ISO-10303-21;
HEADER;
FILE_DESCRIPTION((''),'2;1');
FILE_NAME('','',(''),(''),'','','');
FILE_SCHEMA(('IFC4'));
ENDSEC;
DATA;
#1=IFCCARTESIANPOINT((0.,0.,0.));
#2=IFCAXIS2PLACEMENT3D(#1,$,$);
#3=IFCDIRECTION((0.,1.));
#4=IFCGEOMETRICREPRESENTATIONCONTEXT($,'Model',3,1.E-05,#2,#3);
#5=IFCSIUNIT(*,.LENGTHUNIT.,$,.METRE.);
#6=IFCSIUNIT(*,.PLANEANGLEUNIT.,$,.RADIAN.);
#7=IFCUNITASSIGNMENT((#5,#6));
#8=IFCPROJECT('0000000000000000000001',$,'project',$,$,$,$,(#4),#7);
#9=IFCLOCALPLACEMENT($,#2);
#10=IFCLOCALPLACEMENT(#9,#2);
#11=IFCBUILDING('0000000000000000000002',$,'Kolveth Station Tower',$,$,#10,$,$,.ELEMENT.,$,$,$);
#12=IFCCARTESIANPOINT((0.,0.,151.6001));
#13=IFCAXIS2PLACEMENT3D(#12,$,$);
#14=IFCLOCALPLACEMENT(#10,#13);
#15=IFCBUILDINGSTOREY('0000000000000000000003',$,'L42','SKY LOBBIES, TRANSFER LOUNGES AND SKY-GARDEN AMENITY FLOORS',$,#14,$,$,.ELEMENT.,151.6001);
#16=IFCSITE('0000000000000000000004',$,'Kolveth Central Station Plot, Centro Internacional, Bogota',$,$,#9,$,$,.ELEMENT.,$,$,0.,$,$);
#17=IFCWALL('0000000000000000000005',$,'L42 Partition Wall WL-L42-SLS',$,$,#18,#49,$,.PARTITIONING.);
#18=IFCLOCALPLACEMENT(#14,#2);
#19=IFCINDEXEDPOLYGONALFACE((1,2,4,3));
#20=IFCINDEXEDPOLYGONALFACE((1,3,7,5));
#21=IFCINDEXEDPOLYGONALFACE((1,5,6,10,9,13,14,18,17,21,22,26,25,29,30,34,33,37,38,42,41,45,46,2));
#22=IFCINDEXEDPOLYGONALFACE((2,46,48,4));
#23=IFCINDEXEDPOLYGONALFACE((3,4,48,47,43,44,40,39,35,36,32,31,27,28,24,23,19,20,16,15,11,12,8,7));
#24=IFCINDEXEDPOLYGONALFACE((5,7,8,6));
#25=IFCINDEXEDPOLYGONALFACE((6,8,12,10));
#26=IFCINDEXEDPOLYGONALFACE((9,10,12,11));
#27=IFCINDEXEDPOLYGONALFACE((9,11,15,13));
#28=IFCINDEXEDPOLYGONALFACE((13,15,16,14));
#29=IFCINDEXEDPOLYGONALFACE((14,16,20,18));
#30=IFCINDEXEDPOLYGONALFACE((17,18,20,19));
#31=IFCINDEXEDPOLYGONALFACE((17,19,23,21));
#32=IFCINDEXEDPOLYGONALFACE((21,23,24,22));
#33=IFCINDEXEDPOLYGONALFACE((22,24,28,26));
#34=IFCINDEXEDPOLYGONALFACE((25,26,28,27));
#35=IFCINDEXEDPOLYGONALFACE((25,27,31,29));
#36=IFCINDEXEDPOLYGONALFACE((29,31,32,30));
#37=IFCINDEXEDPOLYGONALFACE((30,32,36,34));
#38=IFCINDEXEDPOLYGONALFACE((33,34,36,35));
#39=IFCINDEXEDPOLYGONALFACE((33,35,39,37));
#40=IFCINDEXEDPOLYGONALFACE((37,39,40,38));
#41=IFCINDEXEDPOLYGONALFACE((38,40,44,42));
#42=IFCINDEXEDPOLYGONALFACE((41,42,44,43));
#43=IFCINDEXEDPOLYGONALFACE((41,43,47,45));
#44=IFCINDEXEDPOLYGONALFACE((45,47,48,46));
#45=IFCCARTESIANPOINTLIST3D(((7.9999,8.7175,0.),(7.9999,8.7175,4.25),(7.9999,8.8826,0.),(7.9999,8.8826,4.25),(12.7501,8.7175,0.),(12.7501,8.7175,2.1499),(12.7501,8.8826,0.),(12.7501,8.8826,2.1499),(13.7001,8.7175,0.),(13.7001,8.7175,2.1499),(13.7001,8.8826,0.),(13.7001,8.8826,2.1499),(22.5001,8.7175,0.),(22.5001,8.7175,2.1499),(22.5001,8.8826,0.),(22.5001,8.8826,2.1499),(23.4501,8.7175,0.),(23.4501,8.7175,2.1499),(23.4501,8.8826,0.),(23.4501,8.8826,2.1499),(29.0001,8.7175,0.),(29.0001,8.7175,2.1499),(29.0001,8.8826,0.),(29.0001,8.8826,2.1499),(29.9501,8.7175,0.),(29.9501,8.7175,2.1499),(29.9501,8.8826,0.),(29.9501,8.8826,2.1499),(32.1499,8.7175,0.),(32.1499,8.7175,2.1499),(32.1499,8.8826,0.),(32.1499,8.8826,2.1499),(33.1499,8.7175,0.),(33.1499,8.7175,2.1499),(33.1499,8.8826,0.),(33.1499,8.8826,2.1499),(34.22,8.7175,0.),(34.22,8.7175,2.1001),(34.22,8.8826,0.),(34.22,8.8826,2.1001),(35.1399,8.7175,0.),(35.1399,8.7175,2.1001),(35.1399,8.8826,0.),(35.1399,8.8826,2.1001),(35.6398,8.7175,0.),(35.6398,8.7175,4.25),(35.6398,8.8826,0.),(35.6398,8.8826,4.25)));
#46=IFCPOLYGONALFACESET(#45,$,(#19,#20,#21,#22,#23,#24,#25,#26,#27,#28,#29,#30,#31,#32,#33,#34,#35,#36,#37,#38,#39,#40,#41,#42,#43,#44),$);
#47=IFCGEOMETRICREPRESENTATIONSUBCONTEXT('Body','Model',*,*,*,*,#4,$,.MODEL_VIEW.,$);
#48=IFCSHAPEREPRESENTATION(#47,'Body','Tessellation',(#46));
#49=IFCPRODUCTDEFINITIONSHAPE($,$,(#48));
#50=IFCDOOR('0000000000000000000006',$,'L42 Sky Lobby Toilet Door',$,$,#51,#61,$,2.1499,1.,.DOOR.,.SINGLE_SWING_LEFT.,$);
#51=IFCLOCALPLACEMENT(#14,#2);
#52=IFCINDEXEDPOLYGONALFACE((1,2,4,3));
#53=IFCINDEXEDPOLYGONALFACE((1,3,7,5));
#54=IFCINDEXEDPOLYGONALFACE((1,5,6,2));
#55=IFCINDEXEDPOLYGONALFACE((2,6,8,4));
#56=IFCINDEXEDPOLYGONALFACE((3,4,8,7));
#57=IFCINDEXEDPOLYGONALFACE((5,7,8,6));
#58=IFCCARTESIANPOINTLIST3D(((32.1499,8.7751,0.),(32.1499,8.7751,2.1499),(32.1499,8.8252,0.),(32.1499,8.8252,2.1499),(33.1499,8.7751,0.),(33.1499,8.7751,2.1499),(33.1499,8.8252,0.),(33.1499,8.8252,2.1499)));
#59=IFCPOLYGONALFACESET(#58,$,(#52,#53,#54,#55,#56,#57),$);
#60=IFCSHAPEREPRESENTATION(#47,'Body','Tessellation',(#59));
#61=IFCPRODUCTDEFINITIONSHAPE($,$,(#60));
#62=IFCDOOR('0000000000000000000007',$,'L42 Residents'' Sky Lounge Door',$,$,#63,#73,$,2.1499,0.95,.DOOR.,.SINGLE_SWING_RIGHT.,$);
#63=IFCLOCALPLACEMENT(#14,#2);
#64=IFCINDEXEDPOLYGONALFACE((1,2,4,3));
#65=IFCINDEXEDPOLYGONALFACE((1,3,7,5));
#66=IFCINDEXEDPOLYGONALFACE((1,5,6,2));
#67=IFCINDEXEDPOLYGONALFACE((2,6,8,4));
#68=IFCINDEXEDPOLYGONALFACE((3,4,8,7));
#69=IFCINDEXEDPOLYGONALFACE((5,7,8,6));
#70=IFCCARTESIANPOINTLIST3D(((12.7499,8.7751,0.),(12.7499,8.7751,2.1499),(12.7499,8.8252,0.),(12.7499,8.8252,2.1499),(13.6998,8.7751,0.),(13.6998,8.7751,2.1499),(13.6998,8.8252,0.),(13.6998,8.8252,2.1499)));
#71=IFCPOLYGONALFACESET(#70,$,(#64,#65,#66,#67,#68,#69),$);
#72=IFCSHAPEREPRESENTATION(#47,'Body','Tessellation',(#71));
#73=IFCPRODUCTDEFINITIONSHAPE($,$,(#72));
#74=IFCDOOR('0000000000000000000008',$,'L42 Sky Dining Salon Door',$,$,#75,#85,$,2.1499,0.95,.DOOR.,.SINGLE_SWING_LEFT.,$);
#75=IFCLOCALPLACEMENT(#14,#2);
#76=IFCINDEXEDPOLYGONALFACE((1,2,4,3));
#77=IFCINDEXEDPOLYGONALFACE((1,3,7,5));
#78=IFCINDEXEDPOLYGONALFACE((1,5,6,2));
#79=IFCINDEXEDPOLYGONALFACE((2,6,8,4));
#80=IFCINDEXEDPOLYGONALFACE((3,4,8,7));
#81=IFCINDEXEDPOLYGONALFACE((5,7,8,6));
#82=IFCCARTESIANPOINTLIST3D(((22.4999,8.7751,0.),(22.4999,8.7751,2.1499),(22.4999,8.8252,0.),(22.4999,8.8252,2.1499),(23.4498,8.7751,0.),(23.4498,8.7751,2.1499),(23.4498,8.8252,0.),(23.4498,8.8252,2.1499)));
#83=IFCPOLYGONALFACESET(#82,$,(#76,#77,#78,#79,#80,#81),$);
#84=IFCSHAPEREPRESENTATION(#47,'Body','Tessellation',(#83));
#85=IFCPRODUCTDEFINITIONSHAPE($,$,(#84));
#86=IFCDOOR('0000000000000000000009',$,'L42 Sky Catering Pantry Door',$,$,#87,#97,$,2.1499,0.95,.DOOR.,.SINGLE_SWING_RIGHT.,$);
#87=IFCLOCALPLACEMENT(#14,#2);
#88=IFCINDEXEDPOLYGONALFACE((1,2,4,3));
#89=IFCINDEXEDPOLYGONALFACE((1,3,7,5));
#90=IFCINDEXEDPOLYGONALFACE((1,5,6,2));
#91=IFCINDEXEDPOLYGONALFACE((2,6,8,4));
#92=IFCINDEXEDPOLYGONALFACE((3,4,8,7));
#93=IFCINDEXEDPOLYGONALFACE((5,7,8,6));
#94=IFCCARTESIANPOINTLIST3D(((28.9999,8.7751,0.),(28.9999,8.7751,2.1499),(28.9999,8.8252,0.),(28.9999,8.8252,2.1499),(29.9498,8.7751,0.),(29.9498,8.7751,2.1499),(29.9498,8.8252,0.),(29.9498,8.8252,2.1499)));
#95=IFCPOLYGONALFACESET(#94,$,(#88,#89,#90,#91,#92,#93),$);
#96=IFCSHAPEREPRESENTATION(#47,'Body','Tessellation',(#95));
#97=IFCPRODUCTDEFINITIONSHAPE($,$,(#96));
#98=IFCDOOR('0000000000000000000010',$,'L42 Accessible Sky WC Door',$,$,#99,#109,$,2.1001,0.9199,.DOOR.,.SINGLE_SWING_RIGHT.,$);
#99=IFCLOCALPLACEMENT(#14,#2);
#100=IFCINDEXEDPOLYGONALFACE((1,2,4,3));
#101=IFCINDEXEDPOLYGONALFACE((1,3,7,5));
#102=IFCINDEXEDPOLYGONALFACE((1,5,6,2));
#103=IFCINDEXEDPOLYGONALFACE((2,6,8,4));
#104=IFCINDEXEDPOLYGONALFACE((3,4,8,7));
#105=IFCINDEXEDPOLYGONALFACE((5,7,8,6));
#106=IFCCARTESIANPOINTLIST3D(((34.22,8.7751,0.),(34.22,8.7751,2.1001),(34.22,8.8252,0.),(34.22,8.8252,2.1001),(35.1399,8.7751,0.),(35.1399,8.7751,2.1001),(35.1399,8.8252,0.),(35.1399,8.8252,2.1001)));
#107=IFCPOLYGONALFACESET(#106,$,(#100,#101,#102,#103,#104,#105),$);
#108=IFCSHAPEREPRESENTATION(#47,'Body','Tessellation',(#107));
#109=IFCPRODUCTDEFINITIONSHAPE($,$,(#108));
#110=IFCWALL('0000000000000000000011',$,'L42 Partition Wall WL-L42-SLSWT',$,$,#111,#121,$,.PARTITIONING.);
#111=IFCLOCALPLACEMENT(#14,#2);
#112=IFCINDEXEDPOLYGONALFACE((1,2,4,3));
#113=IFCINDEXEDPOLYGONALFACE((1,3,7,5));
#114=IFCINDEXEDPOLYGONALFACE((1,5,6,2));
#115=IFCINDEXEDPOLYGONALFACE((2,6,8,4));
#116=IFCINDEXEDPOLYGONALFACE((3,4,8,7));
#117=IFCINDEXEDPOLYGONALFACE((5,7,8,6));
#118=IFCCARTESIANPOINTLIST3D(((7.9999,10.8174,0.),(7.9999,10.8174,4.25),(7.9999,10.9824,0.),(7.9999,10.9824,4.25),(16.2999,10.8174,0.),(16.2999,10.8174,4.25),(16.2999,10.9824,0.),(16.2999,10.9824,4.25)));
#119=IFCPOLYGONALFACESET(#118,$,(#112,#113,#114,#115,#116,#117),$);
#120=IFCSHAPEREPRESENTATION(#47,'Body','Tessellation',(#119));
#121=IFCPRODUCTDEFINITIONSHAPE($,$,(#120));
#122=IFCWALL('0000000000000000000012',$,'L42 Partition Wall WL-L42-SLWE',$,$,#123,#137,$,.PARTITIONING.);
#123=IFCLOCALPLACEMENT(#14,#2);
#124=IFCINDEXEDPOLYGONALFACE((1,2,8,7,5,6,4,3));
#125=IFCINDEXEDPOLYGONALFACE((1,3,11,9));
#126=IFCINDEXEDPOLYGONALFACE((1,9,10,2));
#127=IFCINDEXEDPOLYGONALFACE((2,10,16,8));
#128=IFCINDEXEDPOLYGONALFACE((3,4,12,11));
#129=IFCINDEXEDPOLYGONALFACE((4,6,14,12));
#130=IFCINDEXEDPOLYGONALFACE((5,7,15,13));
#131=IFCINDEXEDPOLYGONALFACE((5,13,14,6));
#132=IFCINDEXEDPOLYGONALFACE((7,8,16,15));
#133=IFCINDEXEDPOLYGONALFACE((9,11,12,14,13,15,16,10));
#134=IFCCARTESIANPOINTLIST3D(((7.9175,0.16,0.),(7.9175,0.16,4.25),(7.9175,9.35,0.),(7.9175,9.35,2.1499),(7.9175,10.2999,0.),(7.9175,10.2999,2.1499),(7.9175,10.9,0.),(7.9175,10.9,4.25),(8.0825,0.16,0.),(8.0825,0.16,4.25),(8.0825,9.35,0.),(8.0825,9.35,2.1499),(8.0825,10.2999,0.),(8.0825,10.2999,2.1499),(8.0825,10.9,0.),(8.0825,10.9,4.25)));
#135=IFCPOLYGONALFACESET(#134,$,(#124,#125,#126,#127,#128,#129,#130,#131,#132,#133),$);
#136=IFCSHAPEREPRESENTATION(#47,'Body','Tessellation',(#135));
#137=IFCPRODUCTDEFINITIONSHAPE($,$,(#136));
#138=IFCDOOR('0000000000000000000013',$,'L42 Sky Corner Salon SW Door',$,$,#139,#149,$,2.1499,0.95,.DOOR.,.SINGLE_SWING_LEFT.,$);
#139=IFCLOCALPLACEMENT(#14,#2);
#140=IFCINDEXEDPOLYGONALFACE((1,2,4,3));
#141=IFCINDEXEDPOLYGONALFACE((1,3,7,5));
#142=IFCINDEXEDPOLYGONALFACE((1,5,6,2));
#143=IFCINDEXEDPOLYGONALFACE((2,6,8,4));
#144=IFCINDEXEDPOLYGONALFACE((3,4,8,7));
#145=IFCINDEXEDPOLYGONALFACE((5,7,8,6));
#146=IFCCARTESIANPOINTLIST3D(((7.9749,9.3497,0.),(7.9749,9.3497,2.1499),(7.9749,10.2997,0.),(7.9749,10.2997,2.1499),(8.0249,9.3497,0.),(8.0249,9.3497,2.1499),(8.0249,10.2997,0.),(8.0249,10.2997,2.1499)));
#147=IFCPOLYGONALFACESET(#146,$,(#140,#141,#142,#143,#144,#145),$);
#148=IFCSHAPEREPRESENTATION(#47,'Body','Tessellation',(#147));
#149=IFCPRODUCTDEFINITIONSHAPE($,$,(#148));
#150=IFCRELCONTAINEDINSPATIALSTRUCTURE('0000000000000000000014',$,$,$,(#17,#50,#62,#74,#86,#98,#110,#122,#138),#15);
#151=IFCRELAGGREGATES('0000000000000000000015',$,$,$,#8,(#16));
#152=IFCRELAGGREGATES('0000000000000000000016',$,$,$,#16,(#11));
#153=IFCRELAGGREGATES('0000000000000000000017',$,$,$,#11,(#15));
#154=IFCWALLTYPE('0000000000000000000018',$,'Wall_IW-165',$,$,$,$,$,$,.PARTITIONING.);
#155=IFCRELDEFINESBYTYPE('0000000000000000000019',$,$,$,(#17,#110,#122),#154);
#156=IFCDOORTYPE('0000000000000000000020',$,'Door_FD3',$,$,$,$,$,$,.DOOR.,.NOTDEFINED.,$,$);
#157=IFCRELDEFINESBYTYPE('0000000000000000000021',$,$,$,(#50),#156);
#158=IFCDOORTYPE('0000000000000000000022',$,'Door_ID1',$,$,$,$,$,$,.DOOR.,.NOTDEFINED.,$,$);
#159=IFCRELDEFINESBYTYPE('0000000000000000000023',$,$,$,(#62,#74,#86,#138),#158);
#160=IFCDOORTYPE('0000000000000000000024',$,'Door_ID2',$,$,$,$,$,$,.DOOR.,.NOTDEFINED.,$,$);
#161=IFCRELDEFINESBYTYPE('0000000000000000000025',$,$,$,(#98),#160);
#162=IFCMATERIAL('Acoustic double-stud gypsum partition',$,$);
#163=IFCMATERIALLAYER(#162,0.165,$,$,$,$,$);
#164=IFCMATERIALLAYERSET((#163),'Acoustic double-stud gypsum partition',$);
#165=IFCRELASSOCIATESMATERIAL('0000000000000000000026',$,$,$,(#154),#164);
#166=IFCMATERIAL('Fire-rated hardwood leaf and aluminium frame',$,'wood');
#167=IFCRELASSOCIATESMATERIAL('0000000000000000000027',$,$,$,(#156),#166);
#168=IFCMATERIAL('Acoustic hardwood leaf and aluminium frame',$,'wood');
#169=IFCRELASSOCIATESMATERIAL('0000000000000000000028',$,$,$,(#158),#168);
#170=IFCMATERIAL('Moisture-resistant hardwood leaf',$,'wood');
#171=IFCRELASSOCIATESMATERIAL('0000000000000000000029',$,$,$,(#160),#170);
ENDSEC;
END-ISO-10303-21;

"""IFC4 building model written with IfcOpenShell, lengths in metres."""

from ifc_helpers import new_model, si_unit, direction, frame, frame_2d, origin, place, context, subcontext, project, spatial, rectangle, extrude, material, layer, layer_set, type_object, element, fill, save


model = new_model("IFC4")

# Units and contexts
model_context = context("Model", 3, precision=1e-05, world=origin(), true_north=direction((0.0, 1.0)))
body_context = subcontext(model_context, "Body", "Model", "MODEL_VIEW")
ifc_project = project(units=[si_unit("LENGTHUNIT", "METRE"), si_unit("PLANEANGLEUNIT", "RADIAN")], contexts=[model_context])

# Site, building, storey
site_placement = place(None, origin())
site = spatial("IfcSite", under=ifc_project, at=site_placement, Name="Kolveth Central Station Plot, Centro Internacional, Bogota", CompositionType="ELEMENT", RefElevation=0.0)
building_placement = place(site_placement, origin())
building = spatial("IfcBuilding", under=site, at=building_placement, Name="Kolveth Station Tower", CompositionType="ELEMENT")
storey_placement = place(building_placement, frame((0.0, 0.0, 151.6001)))
storey = spatial("IfcBuildingStorey", under=building, at=storey_placement, Name="L42", Description="SKY LOBBIES, TRANSFER LOUNGES AND SKY-GARDEN AMENITY FLOORS", CompositionType="ELEMENT", Elevation=151.6001)

# Wall, openings, doors
ifc_material_1 = material(Name="Acoustic double-stud gypsum partition")
ifc_layer_1 = layer(ifc_material_1, 0.165)
ifc_layer_set_1 = layer_set([ifc_layer_1], Name="Acoustic double-stud gypsum partition")
wall_type = type_object("IfcWallType", Name="Wall_IW-165", PredefinedType="PARTITIONING", material=ifc_layer_set_1)
wall_1_placement = place(storey_placement, frame((8.0, 8.8, 0.0), z_axis=(0.0, 0.0, 1.0), x_axis=(1.0, 0.0, 0.0)))
wall_1 = element("IfcWall", 1, at=wall_1_placement, inside=storey, type_object=wall_type, Name="L42 Partition Wall WL-L42-SLS", PredefinedType="PARTITIONING", context=body_context, shape_type="SweptSolid", body=[
    extrude(rectangle(XDim=27.6399, YDim=0.165, at=frame_2d((13.8198, 0.0))), origin(), (0.0, 0.0, 1.0), 4.25),
])
opening_1_placement = place(wall_1_placement, frame((4.75, 0.0, 0.0)))
opening_1 = element("IfcOpeningElement", 2, at=opening_1_placement, cuts=wall_1, PredefinedType="OPENING", context=body_context, shape_type="SweptSolid", body=[
    extrude(rectangle(XDim=0.95, YDim=2.1499, at=frame_2d((0.4751, 1.075))), frame((0.0, 0.0925, 0.0), z_axis=(0.0, -1.0, 0.0), x_axis=(1.0, 0.0, 0.0)), (0.0, 0.0, 1.0), 0.1851),
])
opening_2_placement = place(wall_1_placement, frame((14.5, 0.0, 0.0)))
opening_2 = element("IfcOpeningElement", 3, at=opening_2_placement, cuts=wall_1, PredefinedType="OPENING", context=body_context, shape_type="SweptSolid", body=[
    extrude(rectangle(XDim=0.95, YDim=2.1499, at=frame_2d((0.4751, 1.075))), frame((0.0, 0.0925, 0.0), z_axis=(0.0, -1.0, 0.0), x_axis=(1.0, 0.0, 0.0)), (0.0, 0.0, 1.0), 0.1851),
])
opening_3_placement = place(wall_1_placement, frame((21.0, 0.0, 0.0)))
opening_3 = element("IfcOpeningElement", 4, at=opening_3_placement, cuts=wall_1, PredefinedType="OPENING", context=body_context, shape_type="SweptSolid", body=[
    extrude(rectangle(XDim=0.95, YDim=2.1499, at=frame_2d((0.4751, 1.075))), frame((0.0, 0.0925, 0.0), z_axis=(0.0, -1.0, 0.0), x_axis=(1.0, 0.0, 0.0)), (0.0, 0.0, 1.0), 0.1851),
])
opening_4_placement = place(wall_1_placement, frame((24.1499, 0.0, 0.0)))
opening_4 = element("IfcOpeningElement", 5, at=opening_4_placement, cuts=wall_1, PredefinedType="OPENING", context=body_context, shape_type="SweptSolid", body=[
    extrude(rectangle(XDim=1.0, YDim=2.1499, at=frame_2d((0.5, 1.075))), frame((0.0, 0.0925, 0.0), z_axis=(0.0, -1.0, 0.0), x_axis=(1.0, 0.0, 0.0)), (0.0, 0.0, 1.0), 0.1851),
])
opening_5_placement = place(wall_1_placement, frame((26.22, 0.0, 0.0)))
opening_5 = element("IfcOpeningElement", 6, at=opening_5_placement, cuts=wall_1, PredefinedType="OPENING", context=body_context, shape_type="SweptSolid", body=[
    extrude(rectangle(XDim=0.9199, YDim=2.1001, at=frame_2d((0.46, 1.05))), frame((0.0, 0.0925, 0.0), z_axis=(0.0, -1.0, 0.0), x_axis=(1.0, 0.0, 0.0)), (0.0, 0.0, 1.0), 0.1851),
])
ifc_material_2 = material(Name="Fire-rated hardwood leaf and aluminium frame", Category="wood")
door_type_1 = type_object("IfcDoorType", Name="Door_FD3", OperationType="NOTDEFINED", PredefinedType="DOOR", material=ifc_material_2)
door_1_placement = place(opening_4_placement, frame((1.0, 0.0, 0.0), z_axis=(0.0, 0.0, 1.0), x_axis=(-1.0, 0.0, 0.0)))
door_1 = element("IfcDoor", 7, at=door_1_placement, inside=storey, type_object=door_type_1, Name="L42 Sky Lobby Toilet Door", OperationType="SINGLE_SWING_LEFT", OverallHeight=2.1499, OverallWidth=1.0, PredefinedType="DOOR", context=body_context, shape_type="SweptSolid", body=[
    extrude(rectangle(XDim=1.0, YDim=2.1499, at=frame_2d((0.5, 1.075))), frame((0.0, 0.0249, 0.0), z_axis=(0.0, -1.0, 0.0), x_axis=(1.0, 0.0, 0.0)), (0.0, 0.0, 1.0), 0.05),
])
fill(opening_4, door_1)
ifc_material_3 = material(Name="Acoustic hardwood leaf and aluminium frame", Category="wood")
door_type_2 = type_object("IfcDoorType", Name="Door_ID1", OperationType="NOTDEFINED", PredefinedType="DOOR", material=ifc_material_3)
door_2_placement = place(opening_1_placement, frame((0.95, 0.0, 0.0), z_axis=(0.0, 0.0, 1.0), x_axis=(-1.0, 0.0, 0.0)))
door_2 = element("IfcDoor", 8, at=door_2_placement, inside=storey, type_object=door_type_2, Name="L42 Residents' Sky Lounge Door", OperationType="SINGLE_SWING_RIGHT", OverallHeight=2.1499, OverallWidth=0.95, PredefinedType="DOOR", context=body_context, shape_type="SweptSolid", body=[
    extrude(rectangle(XDim=0.95, YDim=2.1499, at=frame_2d((0.4751, 1.075))), frame((0.0, 0.0249, 0.0), z_axis=(0.0, -1.0, 0.0), x_axis=(1.0, 0.0, 0.0)), (0.0, 0.0, 1.0), 0.05),
])
fill(opening_1, door_2)
door_3_placement = place(opening_2_placement, frame((0.95, 0.0, 0.0), z_axis=(0.0, 0.0, 1.0), x_axis=(-1.0, 0.0, 0.0)))
door_3 = element("IfcDoor", 9, at=door_3_placement, inside=storey, type_object=door_type_2, Name="L42 Sky Dining Salon Door", OperationType="SINGLE_SWING_LEFT", OverallHeight=2.1499, OverallWidth=0.95, PredefinedType="DOOR", context=body_context, shape_type="SweptSolid", body=[
    extrude(rectangle(XDim=0.95, YDim=2.1499, at=frame_2d((0.4751, 1.075))), frame((0.0, 0.0249, 0.0), z_axis=(0.0, -1.0, 0.0), x_axis=(1.0, 0.0, 0.0)), (0.0, 0.0, 1.0), 0.05),
])
fill(opening_2, door_3)
door_4_placement = place(opening_3_placement, frame((0.95, 0.0, 0.0), z_axis=(0.0, 0.0, 1.0), x_axis=(-1.0, 0.0, 0.0)))
door_4 = element("IfcDoor", 10, at=door_4_placement, inside=storey, type_object=door_type_2, Name="L42 Sky Catering Pantry Door", OperationType="SINGLE_SWING_RIGHT", OverallHeight=2.1499, OverallWidth=0.95, PredefinedType="DOOR", context=body_context, shape_type="SweptSolid", body=[
    extrude(rectangle(XDim=0.95, YDim=2.1499, at=frame_2d((0.4751, 1.075))), frame((0.0, 0.0249, 0.0), z_axis=(0.0, -1.0, 0.0), x_axis=(1.0, 0.0, 0.0)), (0.0, 0.0, 1.0), 0.05),
])
fill(opening_3, door_4)
ifc_material_4 = material(Name="Moisture-resistant hardwood leaf", Category="wood")
door_type_3 = type_object("IfcDoorType", Name="Door_ID2", OperationType="NOTDEFINED", PredefinedType="DOOR", material=ifc_material_4)
door_5_placement = place(opening_5_placement, frame((0.9199, 0.0, 0.0), z_axis=(0.0, 0.0, 1.0), x_axis=(-1.0, 0.0, 0.0)))
door_5 = element("IfcDoor", 11, at=door_5_placement, inside=storey, type_object=door_type_3, Name="L42 Accessible Sky WC Door", OperationType="SINGLE_SWING_RIGHT", OverallHeight=2.1001, OverallWidth=0.9199, PredefinedType="DOOR", context=body_context, shape_type="SweptSolid", body=[
    extrude(rectangle(XDim=0.9199, YDim=2.1001, at=frame_2d((0.46, 1.05))), frame((0.0, 0.0249, 0.0), z_axis=(0.0, -1.0, 0.0), x_axis=(1.0, 0.0, 0.0)), (0.0, 0.0, 1.0), 0.05),
])
fill(opening_5, door_5)

# Wall
wall_2_placement = place(storey_placement, frame((8.0, 10.8999, 0.0), z_axis=(0.0, 0.0, 1.0), x_axis=(1.0, 0.0, 0.0)))
element("IfcWall", 12, at=wall_2_placement, inside=storey, type_object=wall_type, Name="L42 Partition Wall WL-L42-SLSWT", PredefinedType="PARTITIONING", context=body_context, shape_type="SweptSolid", body=[
    extrude(rectangle(XDim=8.3, YDim=0.165, at=frame_2d((4.1499, 0.0))), origin(), (0.0, 0.0, 1.0), 4.25),
])

# Wall, opening, door
wall_3_placement = place(storey_placement, frame((8.0, 0.1599, 0.0), z_axis=(0.0, 0.0, 1.0), x_axis=(0.0, 1.0, 0.0)))
wall_3 = element("IfcWall", 13, at=wall_3_placement, inside=storey, type_object=wall_type, Name="L42 Partition Wall WL-L42-SLWE", PredefinedType="PARTITIONING", context=body_context, shape_type="SweptSolid", body=[
    extrude(rectangle(XDim=10.74, YDim=0.165, at=frame_2d((5.3701, 0.0))), origin(), (0.0, 0.0, 1.0), 4.25),
])
opening_6_placement = place(wall_3_placement, frame((9.1899, 0.0, 0.0)))
opening_6 = element("IfcOpeningElement", 14, at=opening_6_placement, cuts=wall_3, PredefinedType="OPENING", context=body_context, shape_type="SweptSolid", body=[
    extrude(rectangle(XDim=0.95, YDim=2.1499, at=frame_2d((0.4751, 1.075))), frame((0.0, 0.0925, 0.0), z_axis=(0.0, -1.0, 0.0), x_axis=(1.0, 0.0, 0.0)), (0.0, 0.0, 1.0), 0.1851),
])
door_6_placement = place(opening_6_placement, frame((0.95, 0.0, 0.0), z_axis=(0.0, 0.0, 1.0), x_axis=(-1.0, 0.0, 0.0)))
door_6 = element("IfcDoor", 15, at=door_6_placement, inside=storey, type_object=door_type_2, Name="L42 Sky Corner Salon SW Door", OperationType="SINGLE_SWING_LEFT", OverallHeight=2.1499, OverallWidth=0.95, PredefinedType="DOOR", context=body_context, shape_type="SweptSolid", body=[
    extrude(rectangle(XDim=0.95, YDim=2.1499, at=frame_2d((0.4751, 1.075))), frame((0.0, 0.0249, 0.0), z_axis=(0.0, -1.0, 0.0), x_axis=(1.0, 0.0, 0.0)), (0.0, 0.0, 1.0), 0.05),
])
fill(opening_6, door_6)

save(model, "model.ifc")
